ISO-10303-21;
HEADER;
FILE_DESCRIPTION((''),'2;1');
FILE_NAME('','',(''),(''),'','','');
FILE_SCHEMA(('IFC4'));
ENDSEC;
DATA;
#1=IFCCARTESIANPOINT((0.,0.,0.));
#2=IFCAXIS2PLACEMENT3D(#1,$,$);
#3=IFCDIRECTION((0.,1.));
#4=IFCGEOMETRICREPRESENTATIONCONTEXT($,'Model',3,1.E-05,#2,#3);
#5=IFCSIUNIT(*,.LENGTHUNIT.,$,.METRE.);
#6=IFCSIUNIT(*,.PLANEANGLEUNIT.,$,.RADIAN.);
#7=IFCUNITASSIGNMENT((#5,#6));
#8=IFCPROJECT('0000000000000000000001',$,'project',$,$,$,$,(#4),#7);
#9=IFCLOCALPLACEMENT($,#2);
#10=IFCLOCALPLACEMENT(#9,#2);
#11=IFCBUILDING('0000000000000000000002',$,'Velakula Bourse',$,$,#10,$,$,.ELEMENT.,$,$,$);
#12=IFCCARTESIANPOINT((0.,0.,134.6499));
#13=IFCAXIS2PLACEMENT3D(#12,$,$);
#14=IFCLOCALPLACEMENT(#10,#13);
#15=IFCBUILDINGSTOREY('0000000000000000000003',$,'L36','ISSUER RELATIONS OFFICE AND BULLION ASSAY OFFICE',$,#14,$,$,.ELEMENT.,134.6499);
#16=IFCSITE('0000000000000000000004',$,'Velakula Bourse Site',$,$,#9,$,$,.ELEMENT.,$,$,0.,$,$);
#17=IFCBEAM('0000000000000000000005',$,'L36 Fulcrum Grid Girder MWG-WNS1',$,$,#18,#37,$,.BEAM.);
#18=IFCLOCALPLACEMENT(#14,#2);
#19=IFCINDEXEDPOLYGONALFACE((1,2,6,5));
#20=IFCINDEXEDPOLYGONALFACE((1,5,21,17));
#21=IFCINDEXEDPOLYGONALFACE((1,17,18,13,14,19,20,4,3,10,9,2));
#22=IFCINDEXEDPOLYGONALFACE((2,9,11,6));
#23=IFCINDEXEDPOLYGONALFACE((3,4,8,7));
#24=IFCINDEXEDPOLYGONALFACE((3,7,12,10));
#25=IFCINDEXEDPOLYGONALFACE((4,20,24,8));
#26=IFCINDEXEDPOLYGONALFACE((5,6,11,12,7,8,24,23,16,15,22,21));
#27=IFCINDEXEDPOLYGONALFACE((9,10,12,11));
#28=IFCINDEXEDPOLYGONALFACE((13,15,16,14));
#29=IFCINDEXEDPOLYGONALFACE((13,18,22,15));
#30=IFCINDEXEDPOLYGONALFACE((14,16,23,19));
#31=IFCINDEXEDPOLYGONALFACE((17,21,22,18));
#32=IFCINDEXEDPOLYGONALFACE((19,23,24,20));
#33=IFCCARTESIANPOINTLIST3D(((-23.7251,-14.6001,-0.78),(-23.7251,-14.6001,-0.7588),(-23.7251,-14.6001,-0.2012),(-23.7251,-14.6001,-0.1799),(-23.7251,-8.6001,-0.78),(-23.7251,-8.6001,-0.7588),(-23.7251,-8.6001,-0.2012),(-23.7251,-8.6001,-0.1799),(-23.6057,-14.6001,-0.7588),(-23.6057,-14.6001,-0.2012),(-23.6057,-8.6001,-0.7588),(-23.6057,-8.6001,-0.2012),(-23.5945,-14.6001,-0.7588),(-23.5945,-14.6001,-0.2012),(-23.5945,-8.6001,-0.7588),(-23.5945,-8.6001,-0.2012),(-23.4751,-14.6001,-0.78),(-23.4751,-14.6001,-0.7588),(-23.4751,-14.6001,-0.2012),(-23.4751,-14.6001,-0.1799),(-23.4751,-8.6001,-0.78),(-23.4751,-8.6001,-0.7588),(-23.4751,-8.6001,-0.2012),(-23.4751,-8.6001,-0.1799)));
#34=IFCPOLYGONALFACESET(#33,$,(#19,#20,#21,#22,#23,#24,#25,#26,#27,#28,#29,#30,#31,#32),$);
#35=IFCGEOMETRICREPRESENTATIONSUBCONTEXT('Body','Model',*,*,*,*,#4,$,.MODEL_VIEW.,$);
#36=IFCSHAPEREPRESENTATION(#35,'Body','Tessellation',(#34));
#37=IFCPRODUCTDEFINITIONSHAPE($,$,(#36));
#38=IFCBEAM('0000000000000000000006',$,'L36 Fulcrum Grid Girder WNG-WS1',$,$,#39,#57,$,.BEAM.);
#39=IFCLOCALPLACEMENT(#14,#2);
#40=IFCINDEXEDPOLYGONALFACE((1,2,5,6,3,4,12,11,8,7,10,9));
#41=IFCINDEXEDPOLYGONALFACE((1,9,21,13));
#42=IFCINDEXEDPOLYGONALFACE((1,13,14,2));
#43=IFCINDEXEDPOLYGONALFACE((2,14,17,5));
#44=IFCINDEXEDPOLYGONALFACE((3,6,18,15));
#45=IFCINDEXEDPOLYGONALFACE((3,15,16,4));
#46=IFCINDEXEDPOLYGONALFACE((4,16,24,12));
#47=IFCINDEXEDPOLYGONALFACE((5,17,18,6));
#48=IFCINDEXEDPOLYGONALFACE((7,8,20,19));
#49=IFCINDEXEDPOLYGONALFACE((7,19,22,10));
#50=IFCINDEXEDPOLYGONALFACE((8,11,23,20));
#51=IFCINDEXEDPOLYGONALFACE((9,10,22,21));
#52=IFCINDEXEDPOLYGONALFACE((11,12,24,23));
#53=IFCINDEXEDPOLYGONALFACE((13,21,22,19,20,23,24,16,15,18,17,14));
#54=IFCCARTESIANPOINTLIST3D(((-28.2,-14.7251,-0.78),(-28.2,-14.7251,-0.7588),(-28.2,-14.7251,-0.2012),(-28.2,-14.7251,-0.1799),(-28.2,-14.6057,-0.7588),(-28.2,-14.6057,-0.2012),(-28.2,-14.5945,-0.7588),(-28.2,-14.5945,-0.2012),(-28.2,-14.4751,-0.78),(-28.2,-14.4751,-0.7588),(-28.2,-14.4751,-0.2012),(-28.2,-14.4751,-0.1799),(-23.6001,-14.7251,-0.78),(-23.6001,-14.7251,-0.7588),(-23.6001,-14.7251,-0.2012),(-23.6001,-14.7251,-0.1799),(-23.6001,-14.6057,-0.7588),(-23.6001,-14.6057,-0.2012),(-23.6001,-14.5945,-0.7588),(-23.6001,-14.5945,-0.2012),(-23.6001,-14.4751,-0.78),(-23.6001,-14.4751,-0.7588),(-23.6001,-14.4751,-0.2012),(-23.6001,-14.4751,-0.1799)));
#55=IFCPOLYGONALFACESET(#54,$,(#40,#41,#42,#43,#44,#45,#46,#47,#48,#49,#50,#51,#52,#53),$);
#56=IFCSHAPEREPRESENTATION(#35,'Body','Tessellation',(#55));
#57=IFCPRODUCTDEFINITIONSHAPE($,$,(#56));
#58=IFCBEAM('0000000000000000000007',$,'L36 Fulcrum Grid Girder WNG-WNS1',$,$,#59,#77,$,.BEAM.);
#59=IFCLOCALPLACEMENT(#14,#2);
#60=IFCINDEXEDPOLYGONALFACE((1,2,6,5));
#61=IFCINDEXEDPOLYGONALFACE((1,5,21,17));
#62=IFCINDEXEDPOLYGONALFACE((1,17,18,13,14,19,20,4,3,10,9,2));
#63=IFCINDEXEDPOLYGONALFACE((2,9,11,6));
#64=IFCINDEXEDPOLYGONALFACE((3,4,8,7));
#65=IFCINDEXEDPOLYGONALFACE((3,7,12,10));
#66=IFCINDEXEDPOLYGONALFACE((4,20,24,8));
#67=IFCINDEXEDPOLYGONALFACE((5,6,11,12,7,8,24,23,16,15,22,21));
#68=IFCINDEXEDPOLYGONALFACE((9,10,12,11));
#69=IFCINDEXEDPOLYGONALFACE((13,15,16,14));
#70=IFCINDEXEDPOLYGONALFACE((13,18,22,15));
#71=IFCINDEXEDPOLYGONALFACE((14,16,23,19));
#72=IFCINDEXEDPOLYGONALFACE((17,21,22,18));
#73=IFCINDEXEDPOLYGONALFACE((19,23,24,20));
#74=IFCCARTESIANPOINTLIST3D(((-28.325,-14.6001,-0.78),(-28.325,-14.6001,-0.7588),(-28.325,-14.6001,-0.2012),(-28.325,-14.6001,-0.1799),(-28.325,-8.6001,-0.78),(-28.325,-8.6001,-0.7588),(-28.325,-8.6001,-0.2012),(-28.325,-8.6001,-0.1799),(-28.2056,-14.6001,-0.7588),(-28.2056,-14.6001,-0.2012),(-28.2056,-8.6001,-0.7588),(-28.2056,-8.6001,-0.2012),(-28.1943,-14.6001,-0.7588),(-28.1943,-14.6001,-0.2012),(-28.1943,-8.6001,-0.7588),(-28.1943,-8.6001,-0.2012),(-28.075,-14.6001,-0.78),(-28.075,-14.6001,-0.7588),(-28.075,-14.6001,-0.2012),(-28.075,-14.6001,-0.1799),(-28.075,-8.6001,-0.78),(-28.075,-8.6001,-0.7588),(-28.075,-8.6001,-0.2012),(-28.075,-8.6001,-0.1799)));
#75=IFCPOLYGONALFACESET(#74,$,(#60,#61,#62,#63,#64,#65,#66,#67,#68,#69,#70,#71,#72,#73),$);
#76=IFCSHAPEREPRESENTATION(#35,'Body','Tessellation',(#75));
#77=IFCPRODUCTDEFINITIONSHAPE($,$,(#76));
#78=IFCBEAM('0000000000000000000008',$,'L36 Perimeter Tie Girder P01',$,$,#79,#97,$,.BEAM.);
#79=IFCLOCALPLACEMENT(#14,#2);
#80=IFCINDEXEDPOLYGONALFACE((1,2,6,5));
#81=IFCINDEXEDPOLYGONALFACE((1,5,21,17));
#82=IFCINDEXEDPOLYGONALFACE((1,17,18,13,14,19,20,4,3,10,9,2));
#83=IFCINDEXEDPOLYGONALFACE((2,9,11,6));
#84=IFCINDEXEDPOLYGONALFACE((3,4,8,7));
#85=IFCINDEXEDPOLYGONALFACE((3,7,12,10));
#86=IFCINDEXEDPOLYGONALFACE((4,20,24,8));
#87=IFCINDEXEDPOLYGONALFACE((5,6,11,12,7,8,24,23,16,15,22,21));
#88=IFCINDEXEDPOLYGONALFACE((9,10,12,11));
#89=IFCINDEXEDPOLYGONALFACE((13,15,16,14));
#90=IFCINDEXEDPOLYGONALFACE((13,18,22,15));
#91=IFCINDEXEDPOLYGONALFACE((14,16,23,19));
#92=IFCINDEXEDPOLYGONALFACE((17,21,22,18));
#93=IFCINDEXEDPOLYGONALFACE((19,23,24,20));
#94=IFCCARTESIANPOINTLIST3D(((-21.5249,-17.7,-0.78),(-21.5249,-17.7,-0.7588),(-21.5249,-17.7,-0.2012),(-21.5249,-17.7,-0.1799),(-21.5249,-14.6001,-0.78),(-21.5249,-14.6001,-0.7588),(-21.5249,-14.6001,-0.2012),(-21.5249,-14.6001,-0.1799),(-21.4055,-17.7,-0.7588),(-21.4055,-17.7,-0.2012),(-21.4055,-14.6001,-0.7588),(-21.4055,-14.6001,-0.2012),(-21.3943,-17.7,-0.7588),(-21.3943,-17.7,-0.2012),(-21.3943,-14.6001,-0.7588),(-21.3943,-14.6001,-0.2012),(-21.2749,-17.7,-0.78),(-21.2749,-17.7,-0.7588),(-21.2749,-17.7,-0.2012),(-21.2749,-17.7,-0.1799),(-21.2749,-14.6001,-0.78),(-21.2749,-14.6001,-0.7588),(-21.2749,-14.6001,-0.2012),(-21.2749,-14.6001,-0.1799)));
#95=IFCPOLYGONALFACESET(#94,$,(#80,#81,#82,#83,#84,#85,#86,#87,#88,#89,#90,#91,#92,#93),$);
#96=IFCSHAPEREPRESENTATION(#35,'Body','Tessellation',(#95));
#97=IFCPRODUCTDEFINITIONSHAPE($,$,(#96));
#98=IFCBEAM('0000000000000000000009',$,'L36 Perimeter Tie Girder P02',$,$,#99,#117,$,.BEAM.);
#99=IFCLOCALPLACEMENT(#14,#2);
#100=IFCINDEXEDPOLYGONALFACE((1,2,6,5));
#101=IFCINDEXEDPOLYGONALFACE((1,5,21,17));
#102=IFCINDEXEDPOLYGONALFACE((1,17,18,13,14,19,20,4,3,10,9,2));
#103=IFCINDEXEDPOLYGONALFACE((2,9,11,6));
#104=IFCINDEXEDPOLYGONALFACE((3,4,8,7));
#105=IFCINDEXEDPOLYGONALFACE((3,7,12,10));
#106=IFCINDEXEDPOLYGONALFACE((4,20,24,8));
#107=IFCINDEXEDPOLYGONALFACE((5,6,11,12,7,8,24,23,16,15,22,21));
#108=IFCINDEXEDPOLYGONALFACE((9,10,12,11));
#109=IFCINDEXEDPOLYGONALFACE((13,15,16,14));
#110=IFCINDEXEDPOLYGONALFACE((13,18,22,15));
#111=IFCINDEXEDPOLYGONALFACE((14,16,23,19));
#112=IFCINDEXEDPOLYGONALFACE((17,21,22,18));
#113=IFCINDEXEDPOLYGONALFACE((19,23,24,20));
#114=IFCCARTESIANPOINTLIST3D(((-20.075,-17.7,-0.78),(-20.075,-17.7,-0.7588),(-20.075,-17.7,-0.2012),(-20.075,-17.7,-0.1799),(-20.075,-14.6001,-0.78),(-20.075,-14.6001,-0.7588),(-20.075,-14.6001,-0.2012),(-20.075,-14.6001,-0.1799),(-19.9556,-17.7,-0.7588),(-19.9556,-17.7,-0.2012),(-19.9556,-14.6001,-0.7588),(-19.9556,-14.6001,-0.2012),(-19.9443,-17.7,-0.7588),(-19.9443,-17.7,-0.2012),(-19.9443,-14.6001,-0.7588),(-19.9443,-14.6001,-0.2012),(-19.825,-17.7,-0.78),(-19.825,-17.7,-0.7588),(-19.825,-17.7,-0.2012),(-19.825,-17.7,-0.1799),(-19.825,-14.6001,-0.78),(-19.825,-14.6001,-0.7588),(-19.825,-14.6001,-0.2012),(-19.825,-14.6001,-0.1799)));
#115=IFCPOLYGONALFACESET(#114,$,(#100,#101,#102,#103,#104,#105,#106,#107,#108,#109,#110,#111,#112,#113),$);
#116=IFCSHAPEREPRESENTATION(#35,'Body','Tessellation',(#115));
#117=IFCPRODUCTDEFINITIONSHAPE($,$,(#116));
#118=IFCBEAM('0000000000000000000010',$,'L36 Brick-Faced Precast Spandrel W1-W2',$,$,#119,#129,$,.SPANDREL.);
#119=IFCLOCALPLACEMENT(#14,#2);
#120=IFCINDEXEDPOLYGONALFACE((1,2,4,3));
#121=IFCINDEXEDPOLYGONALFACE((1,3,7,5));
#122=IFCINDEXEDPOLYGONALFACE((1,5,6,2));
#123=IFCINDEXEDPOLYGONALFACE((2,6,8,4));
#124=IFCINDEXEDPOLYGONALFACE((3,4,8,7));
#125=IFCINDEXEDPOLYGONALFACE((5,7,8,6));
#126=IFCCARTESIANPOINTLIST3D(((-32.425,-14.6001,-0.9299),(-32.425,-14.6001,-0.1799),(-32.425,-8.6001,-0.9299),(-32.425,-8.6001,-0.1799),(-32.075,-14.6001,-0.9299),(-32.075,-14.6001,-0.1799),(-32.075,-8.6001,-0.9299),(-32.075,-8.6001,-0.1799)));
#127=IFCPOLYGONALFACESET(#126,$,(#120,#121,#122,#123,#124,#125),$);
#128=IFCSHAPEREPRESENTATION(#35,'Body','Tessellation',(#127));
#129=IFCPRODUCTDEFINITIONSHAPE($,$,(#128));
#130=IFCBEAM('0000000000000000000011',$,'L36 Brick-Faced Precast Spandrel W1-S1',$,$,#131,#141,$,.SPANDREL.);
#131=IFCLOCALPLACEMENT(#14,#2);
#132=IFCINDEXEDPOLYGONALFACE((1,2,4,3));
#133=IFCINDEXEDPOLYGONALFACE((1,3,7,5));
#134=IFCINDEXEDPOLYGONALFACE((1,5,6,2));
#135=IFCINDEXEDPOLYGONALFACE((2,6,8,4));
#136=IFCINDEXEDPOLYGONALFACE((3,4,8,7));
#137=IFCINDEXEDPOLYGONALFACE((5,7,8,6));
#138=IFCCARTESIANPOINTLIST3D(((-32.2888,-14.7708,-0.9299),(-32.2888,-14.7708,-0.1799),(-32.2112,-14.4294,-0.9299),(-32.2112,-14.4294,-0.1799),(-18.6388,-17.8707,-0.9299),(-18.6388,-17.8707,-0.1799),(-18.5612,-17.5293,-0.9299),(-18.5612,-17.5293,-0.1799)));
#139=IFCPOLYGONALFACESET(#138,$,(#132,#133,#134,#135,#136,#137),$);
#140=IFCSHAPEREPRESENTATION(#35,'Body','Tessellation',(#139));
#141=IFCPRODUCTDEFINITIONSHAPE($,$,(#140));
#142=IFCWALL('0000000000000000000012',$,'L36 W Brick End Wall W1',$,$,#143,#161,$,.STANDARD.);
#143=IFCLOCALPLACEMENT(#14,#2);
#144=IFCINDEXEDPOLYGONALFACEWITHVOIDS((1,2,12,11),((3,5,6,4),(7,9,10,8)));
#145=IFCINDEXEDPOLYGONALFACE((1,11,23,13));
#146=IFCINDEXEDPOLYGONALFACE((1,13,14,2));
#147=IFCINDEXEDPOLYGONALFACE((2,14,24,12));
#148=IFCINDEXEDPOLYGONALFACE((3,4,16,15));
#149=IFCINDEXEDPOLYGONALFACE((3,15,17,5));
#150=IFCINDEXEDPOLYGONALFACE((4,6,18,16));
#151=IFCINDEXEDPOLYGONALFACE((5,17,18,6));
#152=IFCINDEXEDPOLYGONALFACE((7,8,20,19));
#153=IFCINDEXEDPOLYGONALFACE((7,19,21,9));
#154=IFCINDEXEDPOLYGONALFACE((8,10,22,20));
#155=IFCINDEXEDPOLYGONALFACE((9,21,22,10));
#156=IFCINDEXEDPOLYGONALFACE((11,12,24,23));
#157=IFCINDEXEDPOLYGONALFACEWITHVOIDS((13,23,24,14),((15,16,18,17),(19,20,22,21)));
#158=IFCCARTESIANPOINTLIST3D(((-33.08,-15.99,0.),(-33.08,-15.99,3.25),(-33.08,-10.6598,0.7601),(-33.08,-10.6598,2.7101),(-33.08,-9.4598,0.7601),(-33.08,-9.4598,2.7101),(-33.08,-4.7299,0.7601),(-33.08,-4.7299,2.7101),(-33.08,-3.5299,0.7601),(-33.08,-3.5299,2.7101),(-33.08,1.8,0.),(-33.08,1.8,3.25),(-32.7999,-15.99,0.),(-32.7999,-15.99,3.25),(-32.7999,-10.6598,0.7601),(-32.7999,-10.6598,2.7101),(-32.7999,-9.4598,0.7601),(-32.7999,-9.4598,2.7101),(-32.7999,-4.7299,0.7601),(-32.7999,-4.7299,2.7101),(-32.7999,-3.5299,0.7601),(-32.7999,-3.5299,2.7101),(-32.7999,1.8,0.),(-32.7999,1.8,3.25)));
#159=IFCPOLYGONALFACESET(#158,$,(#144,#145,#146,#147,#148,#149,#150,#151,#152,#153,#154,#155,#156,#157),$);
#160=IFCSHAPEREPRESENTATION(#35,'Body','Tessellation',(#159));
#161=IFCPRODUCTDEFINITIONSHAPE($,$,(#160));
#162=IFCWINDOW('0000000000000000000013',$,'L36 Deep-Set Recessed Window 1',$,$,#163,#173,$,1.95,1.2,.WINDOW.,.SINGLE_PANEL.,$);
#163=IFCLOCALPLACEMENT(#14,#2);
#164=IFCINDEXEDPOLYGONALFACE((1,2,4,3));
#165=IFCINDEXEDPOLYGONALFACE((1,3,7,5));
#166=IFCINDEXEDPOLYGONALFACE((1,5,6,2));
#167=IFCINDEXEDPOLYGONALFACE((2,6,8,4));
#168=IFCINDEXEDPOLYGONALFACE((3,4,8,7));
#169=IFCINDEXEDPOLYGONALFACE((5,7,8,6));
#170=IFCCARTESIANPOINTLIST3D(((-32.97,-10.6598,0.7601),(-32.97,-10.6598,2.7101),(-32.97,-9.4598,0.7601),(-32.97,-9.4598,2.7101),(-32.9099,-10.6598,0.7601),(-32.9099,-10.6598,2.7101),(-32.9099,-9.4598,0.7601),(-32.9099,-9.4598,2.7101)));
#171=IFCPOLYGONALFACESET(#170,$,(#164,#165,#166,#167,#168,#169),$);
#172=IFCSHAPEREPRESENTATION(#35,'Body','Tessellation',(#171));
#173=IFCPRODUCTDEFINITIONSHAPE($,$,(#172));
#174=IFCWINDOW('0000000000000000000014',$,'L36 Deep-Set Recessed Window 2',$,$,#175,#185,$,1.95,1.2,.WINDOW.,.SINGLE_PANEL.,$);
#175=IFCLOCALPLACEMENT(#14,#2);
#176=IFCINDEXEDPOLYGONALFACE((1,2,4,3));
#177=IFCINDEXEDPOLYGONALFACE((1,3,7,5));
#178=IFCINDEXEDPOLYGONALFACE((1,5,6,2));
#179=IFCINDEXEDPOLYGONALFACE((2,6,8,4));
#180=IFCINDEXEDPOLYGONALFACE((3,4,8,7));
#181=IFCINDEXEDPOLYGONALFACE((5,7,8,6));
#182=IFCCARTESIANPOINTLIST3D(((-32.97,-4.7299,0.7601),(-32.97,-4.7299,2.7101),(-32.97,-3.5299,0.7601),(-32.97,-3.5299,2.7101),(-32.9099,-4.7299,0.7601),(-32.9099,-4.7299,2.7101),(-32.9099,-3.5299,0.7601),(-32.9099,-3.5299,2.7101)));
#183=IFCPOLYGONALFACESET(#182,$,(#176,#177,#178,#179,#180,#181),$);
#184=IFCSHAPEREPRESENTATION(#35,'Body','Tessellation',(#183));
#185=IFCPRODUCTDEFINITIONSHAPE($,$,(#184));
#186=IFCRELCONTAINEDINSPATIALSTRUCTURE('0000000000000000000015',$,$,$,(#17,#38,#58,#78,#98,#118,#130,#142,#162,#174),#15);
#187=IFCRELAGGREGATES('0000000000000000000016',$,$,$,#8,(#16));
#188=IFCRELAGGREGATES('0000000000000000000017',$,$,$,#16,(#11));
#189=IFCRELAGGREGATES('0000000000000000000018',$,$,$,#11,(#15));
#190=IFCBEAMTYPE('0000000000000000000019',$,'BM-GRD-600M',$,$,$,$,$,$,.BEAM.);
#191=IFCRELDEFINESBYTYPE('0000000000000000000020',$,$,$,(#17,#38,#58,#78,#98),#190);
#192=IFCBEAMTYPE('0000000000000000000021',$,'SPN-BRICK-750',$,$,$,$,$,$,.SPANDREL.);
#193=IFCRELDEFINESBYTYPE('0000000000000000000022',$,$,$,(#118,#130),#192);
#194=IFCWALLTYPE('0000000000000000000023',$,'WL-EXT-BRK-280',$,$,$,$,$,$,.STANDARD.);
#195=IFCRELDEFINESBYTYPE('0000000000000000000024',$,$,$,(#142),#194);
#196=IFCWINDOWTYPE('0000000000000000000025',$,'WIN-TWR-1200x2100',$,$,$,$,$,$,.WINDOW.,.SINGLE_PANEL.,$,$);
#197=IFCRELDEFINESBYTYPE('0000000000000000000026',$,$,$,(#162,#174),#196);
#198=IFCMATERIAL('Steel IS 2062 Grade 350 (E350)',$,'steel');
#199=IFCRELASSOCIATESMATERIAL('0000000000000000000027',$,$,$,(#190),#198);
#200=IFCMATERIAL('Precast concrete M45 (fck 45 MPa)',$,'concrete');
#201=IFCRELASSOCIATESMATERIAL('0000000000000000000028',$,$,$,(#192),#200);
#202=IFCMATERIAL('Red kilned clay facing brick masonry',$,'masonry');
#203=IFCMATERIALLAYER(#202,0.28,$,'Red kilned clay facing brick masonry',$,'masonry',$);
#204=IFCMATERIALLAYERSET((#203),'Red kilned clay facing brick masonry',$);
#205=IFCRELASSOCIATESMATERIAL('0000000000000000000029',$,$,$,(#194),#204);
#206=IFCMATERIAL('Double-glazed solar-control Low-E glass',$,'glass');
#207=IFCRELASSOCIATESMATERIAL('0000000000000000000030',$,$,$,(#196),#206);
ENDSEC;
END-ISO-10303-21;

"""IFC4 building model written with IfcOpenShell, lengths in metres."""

from ifc_helpers import new_model, si_unit, direction, frame, frame_2d, origin, origin_2d, place, context, subcontext, project, spatial, rectangle, i_section, extrude, material, layer, layer_set, material_profile, profile_set, type_object, element, fill, save


model = new_model("IFC4")

# Units and contexts
model_context = context("Model", 3, precision=1e-05, world=origin(), true_north=direction((0.0, 1.0)))
body_context = subcontext(model_context, "Body", "Model", "MODEL_VIEW")
ifc_project = project(units=[si_unit("LENGTHUNIT", "METRE"), si_unit("PLANEANGLEUNIT", "RADIAN")], contexts=[model_context])

# Site, building, storey
site_placement = place(None, origin())
site = spatial("IfcSite", under=ifc_project, at=site_placement, Name="Velakula Bourse Site", CompositionType="ELEMENT", RefElevation=0.0)
building_placement = place(site_placement, origin())
building = spatial("IfcBuilding", under=site, at=building_placement, Name="Velakula Bourse", CompositionType="ELEMENT")
storey_placement = place(building_placement, frame((0.0, 0.0, 134.6499)))
storey = spatial("IfcBuildingStorey", under=building, at=storey_placement, Name="L36", Description="ISSUER RELATIONS OFFICE AND BULLION ASSAY OFFICE", CompositionType="ELEMENT", Elevation=134.6499)

# Shared definitions
ifc_material_1 = material(Name="Steel IS 2062 Grade 350 (E350)", Category="steel")
ifc_material_2 = material(Name="Precast concrete M45 (fck 45 MPa)", Category="concrete")

# Beams
ifc_material_profile_1 = material_profile(ifc_material_1, i_section(OverallWidth=0.25, OverallDepth=0.6001, WebThickness=0.0112, FlangeThickness=0.0212, at=origin_2d()), Name="Steel IS 2062 Grade 350 (E350)")
ifc_profile_set_1 = profile_set([ifc_material_profile_1], Name="Steel IS 2062 Grade 350 (E350)")
beam_type_1 = type_object("IfcBeamType", Name="BM-GRD-600M", PredefinedType="BEAM", material=ifc_profile_set_1)
beam_1_placement = place(storey_placement, frame((-23.6001, -14.6001, -0.48), z_axis=(0.0, 1.0, 0.0), x_axis=(-1.0, 0.0, 0.0)))
element("IfcBeam", 1, at=beam_1_placement, inside=storey, type_object=beam_type_1, Name="L36 Fulcrum Grid Girder MWG-WNS1", PredefinedType="BEAM", context=body_context, shape_type="SweptSolid", body=[
    extrude(i_section(OverallWidth=0.25, OverallDepth=0.6001, WebThickness=0.0112, FlangeThickness=0.0212, at=origin_2d()), origin(), (0.0, 0.0, 1.0), 6.0),
])
beam_2_placement = place(storey_placement, frame((-28.2, -14.6001, -0.48), z_axis=(1.0, 0.0, 0.0), x_axis=(0.0, 1.0, 0.0)))
element("IfcBeam", 2, at=beam_2_placement, inside=storey, type_object=beam_type_1, Name="L36 Fulcrum Grid Girder WNG-WS1", PredefinedType="BEAM", context=body_context, shape_type="SweptSolid", body=[
    extrude(i_section(OverallWidth=0.25, OverallDepth=0.6001, WebThickness=0.0112, FlangeThickness=0.0212, at=origin_2d()), origin(), (0.0, 0.0, 1.0), 4.5999),
])
beam_3_placement = place(storey_placement, frame((-28.2, -14.6001, -0.48), z_axis=(0.0, 1.0, 0.0), x_axis=(-1.0, 0.0, 0.0)))
element("IfcBeam", 3, at=beam_3_placement, inside=storey, type_object=beam_type_1, Name="L36 Fulcrum Grid Girder WNG-WNS1", PredefinedType="BEAM", context=body_context, shape_type="SweptSolid", body=[
    extrude(i_section(OverallWidth=0.25, OverallDepth=0.6001, WebThickness=0.0112, FlangeThickness=0.0212, at=origin_2d()), origin(), (0.0, 0.0, 1.0), 6.0),
])
for number, where, z_axis, x_axis, name in (
    (4, (-21.3999, -14.6001, -0.48), (0.0, -1.0, 0.0), (1.0, 0.0, 0.0), "L36 Perimeter Tie Girder P01"),
    (5, (-19.95, -14.6001, -0.48), (0.0, -1.0, 0.0), (1.0, 0.0, 0.0), "L36 Perimeter Tie Girder P02"),
):
    element("IfcBeam", number, at=place(storey_placement, frame(where, z_axis=z_axis, x_axis=x_axis)), inside=storey, type_object=beam_type_1, Name=name, PredefinedType="BEAM", context=body_context, shape_type="SweptSolid", body=[
        extrude(i_section(OverallWidth=0.25, OverallDepth=0.6001, WebThickness=0.0112, FlangeThickness=0.0212, at=origin_2d()), origin(), (0.0, 0.0, 1.0), 3.0999),
    ])
ifc_material_profile_2 = material_profile(ifc_material_2, rectangle(XDim=0.3501, YDim=0.75, at=origin_2d()), Name="Precast concrete M45 (fck 45 MPa)")
ifc_profile_set_2 = profile_set([ifc_material_profile_2], Name="Precast concrete M45 (fck 45 MPa)")
beam_type_2 = type_object("IfcBeamType", Name="SPN-BRICK-750", PredefinedType="SPANDREL", material=ifc_profile_set_2)
beam_4_placement = place(storey_placement, frame((-32.25, -14.6001, -0.5549), z_axis=(0.0, 1.0, 0.0), x_axis=(-1.0, 0.0, 0.0)))
element("IfcBeam", 6, at=beam_4_placement, inside=storey, type_object=beam_type_2, Name="L36 Brick-Faced Precast Spandrel W1-W2", PredefinedType="SPANDREL", context=body_context, shape_type="SweptSolid", body=[
    extrude(rectangle(XDim=0.3501, YDim=0.75, at=origin_2d()), origin(), (0.0, 0.0, 1.0), 6.0),
])
beam_5_placement = place(storey_placement, frame((-32.25, -14.6001, -0.5549), z_axis=(0.97517, -0.221458, 0.0), x_axis=(0.221458, 0.97517, 0.0)))
element("IfcBeam", 7, at=beam_5_placement, inside=storey, type_object=beam_type_2, Name="L36 Brick-Faced Precast Spandrel W1-S1", PredefinedType="SPANDREL", context=body_context, shape_type="SweptSolid", body=[
    extrude(rectangle(XDim=0.3501, YDim=0.75, at=origin_2d()), origin(), (0.0, 0.0, 1.0), 13.9976),
])

# Wall, openings, windows
ifc_material_3 = material(Name="Red kilned clay facing brick masonry", Category="masonry")
ifc_layer_1 = layer(ifc_material_3, 0.28, Name="Red kilned clay facing brick masonry", Category="masonry")
ifc_layer_set_1 = layer_set([ifc_layer_1], Name="Red kilned clay facing brick masonry")
wall_type_1 = type_object("IfcWallType", Name="WL-EXT-BRK-280", PredefinedType="STANDARD", material=ifc_layer_set_1)
wall_1_placement = place(storey_placement, frame((-32.9399, -15.99, 0.0), z_axis=(0.0, 0.0, 1.0), x_axis=(0.0, 1.0, 0.0)))
wall_1 = element("IfcWall", 8, at=wall_1_placement, inside=storey, type_object=wall_type_1, Name="L36 W Brick End Wall W1", PredefinedType="STANDARD", context=body_context, shape_type="SweptSolid", body=[
    extrude(rectangle(XDim=17.79, YDim=0.28, at=frame_2d((8.895, 0.0))), origin(), (0.0, 0.0, 1.0), 3.25),
])
opening_1_placement = place(wall_1_placement, frame((5.3301, 0.0, 0.76)))
opening_1 = element("IfcOpeningElement", 9, at=opening_1_placement, cuts=wall_1, PredefinedType="OPENING", context=body_context, shape_type="SweptSolid", body=[
    extrude(rectangle(XDim=1.2, YDim=1.95, at=frame_2d((0.6001, 0.9751))), frame((0.0, 0.1499, 0.0), z_axis=(0.0, -1.0, 0.0), x_axis=(1.0, 0.0, 0.0)), (0.0, 0.0, 1.0), 0.3),
])
opening_2_placement = place(wall_1_placement, frame((11.26, 0.0, 0.76)))
opening_2 = element("IfcOpeningElement", 10, at=opening_2_placement, cuts=wall_1, PredefinedType="OPENING", context=body_context, shape_type="SweptSolid", body=[
    extrude(rectangle(XDim=1.2, YDim=1.95, at=frame_2d((0.6001, 0.9751))), frame((0.0, 0.1499, 0.0), z_axis=(0.0, -1.0, 0.0), x_axis=(1.0, 0.0, 0.0)), (0.0, 0.0, 1.0), 0.3),
])
ifc_material_4 = material(Name="Double-glazed solar-control Low-E glass", Category="glass")
window_type = type_object("IfcWindowType", Name="WIN-TWR-1200x2100", PartitioningType="SINGLE_PANEL", PredefinedType="WINDOW", material=ifc_material_4)
window_1_placement = place(opening_1_placement, origin())
window_1 = element("IfcWindow", 11, at=window_1_placement, inside=storey, type_object=window_type, Name="L36 Deep-Set Recessed Window 1", OverallHeight=1.95, OverallWidth=1.2, PartitioningType="SINGLE_PANEL", PredefinedType="WINDOW", context=body_context, shape_type="SweptSolid", body=[
    extrude(rectangle(XDim=1.2, YDim=1.95, at=frame_2d((0.6001, 0.9751))), frame((0.0, 0.03, 0.0), z_axis=(0.0, -1.0, 0.0), x_axis=(1.0, 0.0, 0.0)), (0.0, 0.0, 1.0), 0.0601),
])
fill(opening_1, window_1)
window_2_placement = place(opening_2_placement, origin())
window_2 = element("IfcWindow", 12, at=window_2_placement, inside=storey, type_object=window_type, Name="L36 Deep-Set Recessed Window 2", OverallHeight=1.95, OverallWidth=1.2, PartitioningType="SINGLE_PANEL", PredefinedType="WINDOW", context=body_context, shape_type="SweptSolid", body=[
    extrude(rectangle(XDim=1.2, YDim=1.95, at=frame_2d((0.6001, 0.9751))), frame((0.0, 0.03, 0.0), z_axis=(0.0, -1.0, 0.0), x_axis=(1.0, 0.0, 0.0)), (0.0, 0.0, 1.0), 0.0601),
])
fill(opening_2, window_2)

save(model, "model.ifc")
